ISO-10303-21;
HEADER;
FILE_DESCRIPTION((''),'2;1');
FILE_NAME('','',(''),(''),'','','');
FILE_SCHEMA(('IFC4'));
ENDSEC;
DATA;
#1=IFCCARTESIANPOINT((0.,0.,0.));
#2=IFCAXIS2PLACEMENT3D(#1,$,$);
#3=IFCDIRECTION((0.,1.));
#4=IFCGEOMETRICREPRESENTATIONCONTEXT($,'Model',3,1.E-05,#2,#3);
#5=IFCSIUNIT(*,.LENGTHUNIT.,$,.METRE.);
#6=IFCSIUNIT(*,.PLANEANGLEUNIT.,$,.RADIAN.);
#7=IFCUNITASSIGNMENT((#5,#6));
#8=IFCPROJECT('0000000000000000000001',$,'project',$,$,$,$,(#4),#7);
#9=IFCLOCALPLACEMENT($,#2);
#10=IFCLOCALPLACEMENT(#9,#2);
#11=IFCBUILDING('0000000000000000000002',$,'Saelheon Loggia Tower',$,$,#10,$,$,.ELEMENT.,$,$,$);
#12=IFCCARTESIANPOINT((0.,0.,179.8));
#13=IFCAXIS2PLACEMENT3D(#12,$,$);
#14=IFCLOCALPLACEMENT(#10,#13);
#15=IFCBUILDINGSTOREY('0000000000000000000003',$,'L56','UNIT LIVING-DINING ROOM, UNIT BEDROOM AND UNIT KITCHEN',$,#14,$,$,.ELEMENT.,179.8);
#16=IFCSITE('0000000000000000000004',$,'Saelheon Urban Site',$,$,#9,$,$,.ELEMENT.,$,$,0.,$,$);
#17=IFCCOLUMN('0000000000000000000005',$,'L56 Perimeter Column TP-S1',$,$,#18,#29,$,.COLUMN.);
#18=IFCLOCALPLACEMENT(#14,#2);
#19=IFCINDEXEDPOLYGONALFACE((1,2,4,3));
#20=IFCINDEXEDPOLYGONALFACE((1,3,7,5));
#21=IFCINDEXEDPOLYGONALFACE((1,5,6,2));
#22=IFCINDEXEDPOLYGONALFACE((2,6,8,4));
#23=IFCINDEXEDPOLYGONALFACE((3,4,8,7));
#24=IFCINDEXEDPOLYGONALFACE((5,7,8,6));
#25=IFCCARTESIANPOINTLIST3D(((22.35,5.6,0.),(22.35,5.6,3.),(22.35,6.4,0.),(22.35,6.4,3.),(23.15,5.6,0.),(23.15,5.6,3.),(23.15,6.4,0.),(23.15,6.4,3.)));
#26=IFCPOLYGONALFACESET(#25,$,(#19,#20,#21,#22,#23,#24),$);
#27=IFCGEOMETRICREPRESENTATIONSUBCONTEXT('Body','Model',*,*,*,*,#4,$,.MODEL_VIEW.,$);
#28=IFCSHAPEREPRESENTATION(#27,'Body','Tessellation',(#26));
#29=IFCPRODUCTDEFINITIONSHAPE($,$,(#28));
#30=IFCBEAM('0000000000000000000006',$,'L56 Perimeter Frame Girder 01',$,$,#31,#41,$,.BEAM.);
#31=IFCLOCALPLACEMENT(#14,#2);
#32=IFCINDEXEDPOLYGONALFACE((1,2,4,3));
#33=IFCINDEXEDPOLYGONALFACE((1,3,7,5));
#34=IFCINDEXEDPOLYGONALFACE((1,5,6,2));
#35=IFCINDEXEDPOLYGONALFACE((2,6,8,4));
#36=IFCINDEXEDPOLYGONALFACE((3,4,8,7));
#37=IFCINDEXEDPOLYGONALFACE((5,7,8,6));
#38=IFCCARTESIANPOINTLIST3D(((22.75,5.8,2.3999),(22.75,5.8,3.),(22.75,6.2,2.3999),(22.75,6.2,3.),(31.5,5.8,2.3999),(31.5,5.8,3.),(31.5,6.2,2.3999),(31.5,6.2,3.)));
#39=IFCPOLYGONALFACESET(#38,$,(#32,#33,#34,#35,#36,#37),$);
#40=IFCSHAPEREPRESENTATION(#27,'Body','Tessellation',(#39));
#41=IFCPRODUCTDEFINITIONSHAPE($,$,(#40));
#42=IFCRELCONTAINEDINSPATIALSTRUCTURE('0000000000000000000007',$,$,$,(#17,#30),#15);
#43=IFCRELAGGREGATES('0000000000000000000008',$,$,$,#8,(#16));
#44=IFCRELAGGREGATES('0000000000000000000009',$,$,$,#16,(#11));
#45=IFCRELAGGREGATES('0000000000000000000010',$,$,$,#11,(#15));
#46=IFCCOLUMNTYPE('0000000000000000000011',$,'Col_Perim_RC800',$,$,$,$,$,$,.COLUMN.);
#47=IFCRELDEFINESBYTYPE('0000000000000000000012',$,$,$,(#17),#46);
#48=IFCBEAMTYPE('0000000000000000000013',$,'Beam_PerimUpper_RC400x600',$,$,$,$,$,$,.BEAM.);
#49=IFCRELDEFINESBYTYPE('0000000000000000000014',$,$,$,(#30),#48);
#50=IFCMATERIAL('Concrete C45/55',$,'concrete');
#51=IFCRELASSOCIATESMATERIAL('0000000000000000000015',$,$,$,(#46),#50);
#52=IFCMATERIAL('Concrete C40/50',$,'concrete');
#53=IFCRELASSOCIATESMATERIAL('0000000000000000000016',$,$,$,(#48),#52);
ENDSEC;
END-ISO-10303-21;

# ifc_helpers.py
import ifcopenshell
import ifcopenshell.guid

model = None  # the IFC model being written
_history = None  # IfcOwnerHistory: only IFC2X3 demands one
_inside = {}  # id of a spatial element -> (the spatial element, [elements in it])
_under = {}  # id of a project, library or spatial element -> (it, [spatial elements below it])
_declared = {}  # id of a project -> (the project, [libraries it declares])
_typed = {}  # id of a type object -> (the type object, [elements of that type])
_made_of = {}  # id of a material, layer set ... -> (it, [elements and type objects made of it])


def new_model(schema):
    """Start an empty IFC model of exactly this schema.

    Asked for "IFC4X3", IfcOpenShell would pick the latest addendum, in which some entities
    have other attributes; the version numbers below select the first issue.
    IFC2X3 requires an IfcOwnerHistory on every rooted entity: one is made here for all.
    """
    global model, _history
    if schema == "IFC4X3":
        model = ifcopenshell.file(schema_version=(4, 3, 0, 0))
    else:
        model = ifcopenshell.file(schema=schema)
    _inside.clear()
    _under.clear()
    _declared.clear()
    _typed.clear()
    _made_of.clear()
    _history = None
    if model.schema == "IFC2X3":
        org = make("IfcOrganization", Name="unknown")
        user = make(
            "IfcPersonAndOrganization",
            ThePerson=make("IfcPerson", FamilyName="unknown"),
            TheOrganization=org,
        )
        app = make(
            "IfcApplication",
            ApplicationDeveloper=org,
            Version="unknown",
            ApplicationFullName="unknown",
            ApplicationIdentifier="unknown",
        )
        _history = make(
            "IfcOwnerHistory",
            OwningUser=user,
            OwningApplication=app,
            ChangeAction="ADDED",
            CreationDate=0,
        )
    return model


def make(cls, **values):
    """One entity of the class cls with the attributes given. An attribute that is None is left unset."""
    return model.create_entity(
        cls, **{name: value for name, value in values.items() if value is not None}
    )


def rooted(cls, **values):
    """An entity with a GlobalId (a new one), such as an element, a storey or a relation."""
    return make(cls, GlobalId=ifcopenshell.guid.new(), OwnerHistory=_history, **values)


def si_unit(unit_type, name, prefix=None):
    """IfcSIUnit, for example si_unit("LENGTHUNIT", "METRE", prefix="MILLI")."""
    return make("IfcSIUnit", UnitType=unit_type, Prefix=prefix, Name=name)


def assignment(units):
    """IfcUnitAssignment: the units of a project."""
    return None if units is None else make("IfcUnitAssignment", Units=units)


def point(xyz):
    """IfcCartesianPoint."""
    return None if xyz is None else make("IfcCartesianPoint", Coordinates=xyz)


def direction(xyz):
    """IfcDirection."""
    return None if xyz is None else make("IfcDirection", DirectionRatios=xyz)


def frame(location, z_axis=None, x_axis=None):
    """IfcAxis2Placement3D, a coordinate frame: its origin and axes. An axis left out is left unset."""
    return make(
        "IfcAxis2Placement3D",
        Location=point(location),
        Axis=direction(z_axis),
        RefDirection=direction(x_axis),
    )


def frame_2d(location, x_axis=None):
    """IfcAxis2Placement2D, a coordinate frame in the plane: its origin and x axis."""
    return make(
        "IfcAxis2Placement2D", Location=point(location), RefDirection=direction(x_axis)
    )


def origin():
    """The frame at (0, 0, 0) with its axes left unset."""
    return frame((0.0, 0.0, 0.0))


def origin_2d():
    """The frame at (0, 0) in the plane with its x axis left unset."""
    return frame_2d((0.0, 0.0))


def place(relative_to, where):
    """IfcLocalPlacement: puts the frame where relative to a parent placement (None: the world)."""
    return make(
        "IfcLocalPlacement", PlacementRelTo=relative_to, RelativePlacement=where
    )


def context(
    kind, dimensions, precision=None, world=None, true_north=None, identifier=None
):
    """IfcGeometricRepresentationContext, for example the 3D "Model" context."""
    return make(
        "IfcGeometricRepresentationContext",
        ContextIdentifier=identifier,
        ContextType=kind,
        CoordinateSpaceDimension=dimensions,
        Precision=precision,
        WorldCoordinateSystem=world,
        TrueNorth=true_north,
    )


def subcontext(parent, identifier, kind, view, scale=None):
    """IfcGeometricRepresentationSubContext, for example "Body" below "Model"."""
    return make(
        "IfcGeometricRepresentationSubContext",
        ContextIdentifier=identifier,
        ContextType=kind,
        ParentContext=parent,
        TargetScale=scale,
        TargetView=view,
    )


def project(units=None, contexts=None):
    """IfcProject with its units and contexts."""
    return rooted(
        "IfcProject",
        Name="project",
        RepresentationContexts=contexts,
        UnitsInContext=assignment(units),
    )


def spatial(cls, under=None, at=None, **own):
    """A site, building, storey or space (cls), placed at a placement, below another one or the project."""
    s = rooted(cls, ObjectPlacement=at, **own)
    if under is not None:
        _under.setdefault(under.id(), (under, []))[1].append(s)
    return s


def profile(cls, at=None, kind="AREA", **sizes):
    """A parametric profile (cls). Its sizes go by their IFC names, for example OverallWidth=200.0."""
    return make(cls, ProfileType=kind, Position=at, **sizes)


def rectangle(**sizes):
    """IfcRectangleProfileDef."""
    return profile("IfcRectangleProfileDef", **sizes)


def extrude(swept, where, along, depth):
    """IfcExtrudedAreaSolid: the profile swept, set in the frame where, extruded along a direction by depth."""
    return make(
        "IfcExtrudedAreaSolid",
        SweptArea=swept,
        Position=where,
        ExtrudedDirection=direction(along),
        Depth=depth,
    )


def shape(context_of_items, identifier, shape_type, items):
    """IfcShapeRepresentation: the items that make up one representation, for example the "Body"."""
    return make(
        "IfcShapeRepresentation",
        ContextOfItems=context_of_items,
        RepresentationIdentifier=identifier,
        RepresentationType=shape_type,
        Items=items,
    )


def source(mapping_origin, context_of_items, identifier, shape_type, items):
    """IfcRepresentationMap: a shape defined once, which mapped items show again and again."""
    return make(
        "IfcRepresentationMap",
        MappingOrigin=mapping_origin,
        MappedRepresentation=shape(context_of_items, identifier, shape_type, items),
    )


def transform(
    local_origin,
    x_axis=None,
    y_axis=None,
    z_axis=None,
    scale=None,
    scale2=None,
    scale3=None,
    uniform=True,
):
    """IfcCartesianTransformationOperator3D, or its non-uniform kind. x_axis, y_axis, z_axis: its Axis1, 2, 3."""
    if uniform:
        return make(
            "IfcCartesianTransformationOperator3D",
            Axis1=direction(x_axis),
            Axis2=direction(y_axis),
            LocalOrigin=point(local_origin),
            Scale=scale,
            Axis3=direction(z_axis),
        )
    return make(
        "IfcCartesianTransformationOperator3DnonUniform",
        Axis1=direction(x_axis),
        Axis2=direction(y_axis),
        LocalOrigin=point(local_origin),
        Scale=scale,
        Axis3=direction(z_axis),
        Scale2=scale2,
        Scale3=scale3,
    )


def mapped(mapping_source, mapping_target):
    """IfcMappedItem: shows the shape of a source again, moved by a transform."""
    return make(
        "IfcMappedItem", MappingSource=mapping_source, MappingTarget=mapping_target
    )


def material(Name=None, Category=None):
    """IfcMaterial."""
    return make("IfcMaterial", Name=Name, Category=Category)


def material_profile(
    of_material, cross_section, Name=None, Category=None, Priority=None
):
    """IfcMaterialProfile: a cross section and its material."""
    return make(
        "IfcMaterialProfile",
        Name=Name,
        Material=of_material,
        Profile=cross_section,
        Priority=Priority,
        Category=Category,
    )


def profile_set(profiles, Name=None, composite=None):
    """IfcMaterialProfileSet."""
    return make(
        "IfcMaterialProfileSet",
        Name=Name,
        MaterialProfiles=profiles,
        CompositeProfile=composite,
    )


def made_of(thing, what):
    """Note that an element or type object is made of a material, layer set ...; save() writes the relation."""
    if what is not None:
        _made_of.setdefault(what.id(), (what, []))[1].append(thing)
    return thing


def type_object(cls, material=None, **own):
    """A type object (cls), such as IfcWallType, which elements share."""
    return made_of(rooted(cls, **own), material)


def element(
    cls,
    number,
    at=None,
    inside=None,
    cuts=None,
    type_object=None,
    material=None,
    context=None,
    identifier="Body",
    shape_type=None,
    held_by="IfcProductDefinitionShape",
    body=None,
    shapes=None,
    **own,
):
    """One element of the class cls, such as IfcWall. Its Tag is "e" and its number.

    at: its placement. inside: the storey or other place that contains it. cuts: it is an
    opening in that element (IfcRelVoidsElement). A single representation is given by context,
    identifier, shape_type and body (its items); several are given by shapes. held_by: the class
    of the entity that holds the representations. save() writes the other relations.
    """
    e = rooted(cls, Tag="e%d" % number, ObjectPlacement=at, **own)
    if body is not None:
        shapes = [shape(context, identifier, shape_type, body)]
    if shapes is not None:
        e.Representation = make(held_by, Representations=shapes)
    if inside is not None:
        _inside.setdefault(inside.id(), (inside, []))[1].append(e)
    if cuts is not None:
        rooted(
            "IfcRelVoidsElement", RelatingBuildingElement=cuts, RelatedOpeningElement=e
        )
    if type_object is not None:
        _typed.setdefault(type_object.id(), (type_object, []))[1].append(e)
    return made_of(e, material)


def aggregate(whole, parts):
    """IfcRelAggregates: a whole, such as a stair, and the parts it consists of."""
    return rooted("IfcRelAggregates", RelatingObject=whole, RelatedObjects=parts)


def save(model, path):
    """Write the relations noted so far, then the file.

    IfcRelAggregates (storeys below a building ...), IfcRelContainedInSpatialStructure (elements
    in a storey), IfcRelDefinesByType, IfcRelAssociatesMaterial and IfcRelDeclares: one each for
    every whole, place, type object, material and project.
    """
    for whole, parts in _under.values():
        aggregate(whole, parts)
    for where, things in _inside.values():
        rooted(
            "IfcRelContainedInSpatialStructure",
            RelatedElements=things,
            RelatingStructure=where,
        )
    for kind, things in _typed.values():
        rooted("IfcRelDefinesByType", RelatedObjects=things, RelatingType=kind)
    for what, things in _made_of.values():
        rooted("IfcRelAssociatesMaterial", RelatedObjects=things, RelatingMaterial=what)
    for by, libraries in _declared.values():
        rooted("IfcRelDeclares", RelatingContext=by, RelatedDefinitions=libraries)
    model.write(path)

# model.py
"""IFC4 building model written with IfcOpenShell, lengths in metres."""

from ifc_helpers import new_model, si_unit, direction, frame, origin, origin_2d, place, context, subcontext, project, spatial, rectangle, extrude, source, transform, mapped, material, material_profile, profile_set, type_object, element, save


model = new_model("IFC4")

# Units and contexts
model_context = context("Model", 3, precision=1e-05, world=origin(), true_north=direction((0.0, 1.0)))
body_context = subcontext(model_context, "Body", "Model", "MODEL_VIEW")
ifc_project = project(units=[si_unit("LENGTHUNIT", "METRE"), si_unit("PLANEANGLEUNIT", "RADIAN")], contexts=[model_context])

# Site, building, storey
site_placement = place(None, origin())
site = spatial("IfcSite", under=ifc_project, at=site_placement, Name="Saelheon Urban Site", CompositionType="ELEMENT", RefElevation=0.0)
building_placement = place(site_placement, origin())
building = spatial("IfcBuilding", under=site, at=building_placement, Name="Saelheon Loggia Tower", CompositionType="ELEMENT")
storey_placement = place(building_placement, frame((0.0, 0.0, 179.8)))
storey = spatial("IfcBuildingStorey", under=building, at=storey_placement, Name="L56", Description="UNIT LIVING-DINING ROOM, UNIT BEDROOM AND UNIT KITCHEN", CompositionType="ELEMENT", Elevation=179.8)

# Column
ifc_material_1 = material(Name="Concrete C45/55", Category="concrete")
ifc_material_profile_1 = material_profile(ifc_material_1, rectangle(XDim=0.8, YDim=0.8, at=origin_2d()), Name="RC-800x800")
ifc_profile_set_1 = profile_set([ifc_material_profile_1], Name="Concrete C45/55")
column_type = type_object("IfcColumnType", Name="Col_Perim_RC800", PredefinedType="COLUMN", material=ifc_profile_set_1)
shared_shape_1 = source(origin(), body_context, "Body", "SweptSolid", [
    extrude(rectangle(XDim=0.8, YDim=0.8, at=origin_2d()), origin(), (0.0, 0.0, 1.0), 3.0),
])
column_placement = place(storey_placement, frame((22.75, 6.0, 0.0), z_axis=(0.0, 0.0, 1.0), x_axis=(1.0, 0.0, 0.0)))
element("IfcColumn", 1, at=column_placement, inside=storey, type_object=column_type, Name="L56 Perimeter Column TP-S1", PredefinedType="COLUMN", context=body_context, shape_type="MappedRepresentation", body=[
    mapped(shared_shape_1, transform((0.0, 0.0, 0.0), scale=1.0)),
])

# Beam
ifc_material_2 = material(Name="Concrete C40/50", Category="concrete")
ifc_material_profile_2 = material_profile(ifc_material_2, rectangle(XDim=0.3999, YDim=0.6001, at=origin_2d()), Name="RC-400x600")
ifc_profile_set_2 = profile_set([ifc_material_profile_2], Name="Concrete C40/50")
beam_type = type_object("IfcBeamType", Name="Beam_PerimUpper_RC400x600", PredefinedType="BEAM", material=ifc_profile_set_2)
shared_shape_2 = source(origin(), body_context, "Body", "SweptSolid", [
    extrude(rectangle(XDim=0.3999, YDim=0.6001, at=origin_2d()), origin(), (0.0, 0.0, 1.0), 8.75),
])
beam_placement = place(storey_placement, frame((22.75, 6.0, 2.7), z_axis=(1.0, 0.0, 0.0), x_axis=(0.0, 1.0, 0.0)))
element("IfcBeam", 2, at=beam_placement, inside=storey, type_object=beam_type, Name="L56 Perimeter Frame Girder 01", PredefinedType="BEAM", context=body_context, shape_type="MappedRepresentation", body=[
    mapped(shared_shape_2, transform((0.0, 0.0, 0.0), scale=1.0)),
])

save(model, "model.ifc")
